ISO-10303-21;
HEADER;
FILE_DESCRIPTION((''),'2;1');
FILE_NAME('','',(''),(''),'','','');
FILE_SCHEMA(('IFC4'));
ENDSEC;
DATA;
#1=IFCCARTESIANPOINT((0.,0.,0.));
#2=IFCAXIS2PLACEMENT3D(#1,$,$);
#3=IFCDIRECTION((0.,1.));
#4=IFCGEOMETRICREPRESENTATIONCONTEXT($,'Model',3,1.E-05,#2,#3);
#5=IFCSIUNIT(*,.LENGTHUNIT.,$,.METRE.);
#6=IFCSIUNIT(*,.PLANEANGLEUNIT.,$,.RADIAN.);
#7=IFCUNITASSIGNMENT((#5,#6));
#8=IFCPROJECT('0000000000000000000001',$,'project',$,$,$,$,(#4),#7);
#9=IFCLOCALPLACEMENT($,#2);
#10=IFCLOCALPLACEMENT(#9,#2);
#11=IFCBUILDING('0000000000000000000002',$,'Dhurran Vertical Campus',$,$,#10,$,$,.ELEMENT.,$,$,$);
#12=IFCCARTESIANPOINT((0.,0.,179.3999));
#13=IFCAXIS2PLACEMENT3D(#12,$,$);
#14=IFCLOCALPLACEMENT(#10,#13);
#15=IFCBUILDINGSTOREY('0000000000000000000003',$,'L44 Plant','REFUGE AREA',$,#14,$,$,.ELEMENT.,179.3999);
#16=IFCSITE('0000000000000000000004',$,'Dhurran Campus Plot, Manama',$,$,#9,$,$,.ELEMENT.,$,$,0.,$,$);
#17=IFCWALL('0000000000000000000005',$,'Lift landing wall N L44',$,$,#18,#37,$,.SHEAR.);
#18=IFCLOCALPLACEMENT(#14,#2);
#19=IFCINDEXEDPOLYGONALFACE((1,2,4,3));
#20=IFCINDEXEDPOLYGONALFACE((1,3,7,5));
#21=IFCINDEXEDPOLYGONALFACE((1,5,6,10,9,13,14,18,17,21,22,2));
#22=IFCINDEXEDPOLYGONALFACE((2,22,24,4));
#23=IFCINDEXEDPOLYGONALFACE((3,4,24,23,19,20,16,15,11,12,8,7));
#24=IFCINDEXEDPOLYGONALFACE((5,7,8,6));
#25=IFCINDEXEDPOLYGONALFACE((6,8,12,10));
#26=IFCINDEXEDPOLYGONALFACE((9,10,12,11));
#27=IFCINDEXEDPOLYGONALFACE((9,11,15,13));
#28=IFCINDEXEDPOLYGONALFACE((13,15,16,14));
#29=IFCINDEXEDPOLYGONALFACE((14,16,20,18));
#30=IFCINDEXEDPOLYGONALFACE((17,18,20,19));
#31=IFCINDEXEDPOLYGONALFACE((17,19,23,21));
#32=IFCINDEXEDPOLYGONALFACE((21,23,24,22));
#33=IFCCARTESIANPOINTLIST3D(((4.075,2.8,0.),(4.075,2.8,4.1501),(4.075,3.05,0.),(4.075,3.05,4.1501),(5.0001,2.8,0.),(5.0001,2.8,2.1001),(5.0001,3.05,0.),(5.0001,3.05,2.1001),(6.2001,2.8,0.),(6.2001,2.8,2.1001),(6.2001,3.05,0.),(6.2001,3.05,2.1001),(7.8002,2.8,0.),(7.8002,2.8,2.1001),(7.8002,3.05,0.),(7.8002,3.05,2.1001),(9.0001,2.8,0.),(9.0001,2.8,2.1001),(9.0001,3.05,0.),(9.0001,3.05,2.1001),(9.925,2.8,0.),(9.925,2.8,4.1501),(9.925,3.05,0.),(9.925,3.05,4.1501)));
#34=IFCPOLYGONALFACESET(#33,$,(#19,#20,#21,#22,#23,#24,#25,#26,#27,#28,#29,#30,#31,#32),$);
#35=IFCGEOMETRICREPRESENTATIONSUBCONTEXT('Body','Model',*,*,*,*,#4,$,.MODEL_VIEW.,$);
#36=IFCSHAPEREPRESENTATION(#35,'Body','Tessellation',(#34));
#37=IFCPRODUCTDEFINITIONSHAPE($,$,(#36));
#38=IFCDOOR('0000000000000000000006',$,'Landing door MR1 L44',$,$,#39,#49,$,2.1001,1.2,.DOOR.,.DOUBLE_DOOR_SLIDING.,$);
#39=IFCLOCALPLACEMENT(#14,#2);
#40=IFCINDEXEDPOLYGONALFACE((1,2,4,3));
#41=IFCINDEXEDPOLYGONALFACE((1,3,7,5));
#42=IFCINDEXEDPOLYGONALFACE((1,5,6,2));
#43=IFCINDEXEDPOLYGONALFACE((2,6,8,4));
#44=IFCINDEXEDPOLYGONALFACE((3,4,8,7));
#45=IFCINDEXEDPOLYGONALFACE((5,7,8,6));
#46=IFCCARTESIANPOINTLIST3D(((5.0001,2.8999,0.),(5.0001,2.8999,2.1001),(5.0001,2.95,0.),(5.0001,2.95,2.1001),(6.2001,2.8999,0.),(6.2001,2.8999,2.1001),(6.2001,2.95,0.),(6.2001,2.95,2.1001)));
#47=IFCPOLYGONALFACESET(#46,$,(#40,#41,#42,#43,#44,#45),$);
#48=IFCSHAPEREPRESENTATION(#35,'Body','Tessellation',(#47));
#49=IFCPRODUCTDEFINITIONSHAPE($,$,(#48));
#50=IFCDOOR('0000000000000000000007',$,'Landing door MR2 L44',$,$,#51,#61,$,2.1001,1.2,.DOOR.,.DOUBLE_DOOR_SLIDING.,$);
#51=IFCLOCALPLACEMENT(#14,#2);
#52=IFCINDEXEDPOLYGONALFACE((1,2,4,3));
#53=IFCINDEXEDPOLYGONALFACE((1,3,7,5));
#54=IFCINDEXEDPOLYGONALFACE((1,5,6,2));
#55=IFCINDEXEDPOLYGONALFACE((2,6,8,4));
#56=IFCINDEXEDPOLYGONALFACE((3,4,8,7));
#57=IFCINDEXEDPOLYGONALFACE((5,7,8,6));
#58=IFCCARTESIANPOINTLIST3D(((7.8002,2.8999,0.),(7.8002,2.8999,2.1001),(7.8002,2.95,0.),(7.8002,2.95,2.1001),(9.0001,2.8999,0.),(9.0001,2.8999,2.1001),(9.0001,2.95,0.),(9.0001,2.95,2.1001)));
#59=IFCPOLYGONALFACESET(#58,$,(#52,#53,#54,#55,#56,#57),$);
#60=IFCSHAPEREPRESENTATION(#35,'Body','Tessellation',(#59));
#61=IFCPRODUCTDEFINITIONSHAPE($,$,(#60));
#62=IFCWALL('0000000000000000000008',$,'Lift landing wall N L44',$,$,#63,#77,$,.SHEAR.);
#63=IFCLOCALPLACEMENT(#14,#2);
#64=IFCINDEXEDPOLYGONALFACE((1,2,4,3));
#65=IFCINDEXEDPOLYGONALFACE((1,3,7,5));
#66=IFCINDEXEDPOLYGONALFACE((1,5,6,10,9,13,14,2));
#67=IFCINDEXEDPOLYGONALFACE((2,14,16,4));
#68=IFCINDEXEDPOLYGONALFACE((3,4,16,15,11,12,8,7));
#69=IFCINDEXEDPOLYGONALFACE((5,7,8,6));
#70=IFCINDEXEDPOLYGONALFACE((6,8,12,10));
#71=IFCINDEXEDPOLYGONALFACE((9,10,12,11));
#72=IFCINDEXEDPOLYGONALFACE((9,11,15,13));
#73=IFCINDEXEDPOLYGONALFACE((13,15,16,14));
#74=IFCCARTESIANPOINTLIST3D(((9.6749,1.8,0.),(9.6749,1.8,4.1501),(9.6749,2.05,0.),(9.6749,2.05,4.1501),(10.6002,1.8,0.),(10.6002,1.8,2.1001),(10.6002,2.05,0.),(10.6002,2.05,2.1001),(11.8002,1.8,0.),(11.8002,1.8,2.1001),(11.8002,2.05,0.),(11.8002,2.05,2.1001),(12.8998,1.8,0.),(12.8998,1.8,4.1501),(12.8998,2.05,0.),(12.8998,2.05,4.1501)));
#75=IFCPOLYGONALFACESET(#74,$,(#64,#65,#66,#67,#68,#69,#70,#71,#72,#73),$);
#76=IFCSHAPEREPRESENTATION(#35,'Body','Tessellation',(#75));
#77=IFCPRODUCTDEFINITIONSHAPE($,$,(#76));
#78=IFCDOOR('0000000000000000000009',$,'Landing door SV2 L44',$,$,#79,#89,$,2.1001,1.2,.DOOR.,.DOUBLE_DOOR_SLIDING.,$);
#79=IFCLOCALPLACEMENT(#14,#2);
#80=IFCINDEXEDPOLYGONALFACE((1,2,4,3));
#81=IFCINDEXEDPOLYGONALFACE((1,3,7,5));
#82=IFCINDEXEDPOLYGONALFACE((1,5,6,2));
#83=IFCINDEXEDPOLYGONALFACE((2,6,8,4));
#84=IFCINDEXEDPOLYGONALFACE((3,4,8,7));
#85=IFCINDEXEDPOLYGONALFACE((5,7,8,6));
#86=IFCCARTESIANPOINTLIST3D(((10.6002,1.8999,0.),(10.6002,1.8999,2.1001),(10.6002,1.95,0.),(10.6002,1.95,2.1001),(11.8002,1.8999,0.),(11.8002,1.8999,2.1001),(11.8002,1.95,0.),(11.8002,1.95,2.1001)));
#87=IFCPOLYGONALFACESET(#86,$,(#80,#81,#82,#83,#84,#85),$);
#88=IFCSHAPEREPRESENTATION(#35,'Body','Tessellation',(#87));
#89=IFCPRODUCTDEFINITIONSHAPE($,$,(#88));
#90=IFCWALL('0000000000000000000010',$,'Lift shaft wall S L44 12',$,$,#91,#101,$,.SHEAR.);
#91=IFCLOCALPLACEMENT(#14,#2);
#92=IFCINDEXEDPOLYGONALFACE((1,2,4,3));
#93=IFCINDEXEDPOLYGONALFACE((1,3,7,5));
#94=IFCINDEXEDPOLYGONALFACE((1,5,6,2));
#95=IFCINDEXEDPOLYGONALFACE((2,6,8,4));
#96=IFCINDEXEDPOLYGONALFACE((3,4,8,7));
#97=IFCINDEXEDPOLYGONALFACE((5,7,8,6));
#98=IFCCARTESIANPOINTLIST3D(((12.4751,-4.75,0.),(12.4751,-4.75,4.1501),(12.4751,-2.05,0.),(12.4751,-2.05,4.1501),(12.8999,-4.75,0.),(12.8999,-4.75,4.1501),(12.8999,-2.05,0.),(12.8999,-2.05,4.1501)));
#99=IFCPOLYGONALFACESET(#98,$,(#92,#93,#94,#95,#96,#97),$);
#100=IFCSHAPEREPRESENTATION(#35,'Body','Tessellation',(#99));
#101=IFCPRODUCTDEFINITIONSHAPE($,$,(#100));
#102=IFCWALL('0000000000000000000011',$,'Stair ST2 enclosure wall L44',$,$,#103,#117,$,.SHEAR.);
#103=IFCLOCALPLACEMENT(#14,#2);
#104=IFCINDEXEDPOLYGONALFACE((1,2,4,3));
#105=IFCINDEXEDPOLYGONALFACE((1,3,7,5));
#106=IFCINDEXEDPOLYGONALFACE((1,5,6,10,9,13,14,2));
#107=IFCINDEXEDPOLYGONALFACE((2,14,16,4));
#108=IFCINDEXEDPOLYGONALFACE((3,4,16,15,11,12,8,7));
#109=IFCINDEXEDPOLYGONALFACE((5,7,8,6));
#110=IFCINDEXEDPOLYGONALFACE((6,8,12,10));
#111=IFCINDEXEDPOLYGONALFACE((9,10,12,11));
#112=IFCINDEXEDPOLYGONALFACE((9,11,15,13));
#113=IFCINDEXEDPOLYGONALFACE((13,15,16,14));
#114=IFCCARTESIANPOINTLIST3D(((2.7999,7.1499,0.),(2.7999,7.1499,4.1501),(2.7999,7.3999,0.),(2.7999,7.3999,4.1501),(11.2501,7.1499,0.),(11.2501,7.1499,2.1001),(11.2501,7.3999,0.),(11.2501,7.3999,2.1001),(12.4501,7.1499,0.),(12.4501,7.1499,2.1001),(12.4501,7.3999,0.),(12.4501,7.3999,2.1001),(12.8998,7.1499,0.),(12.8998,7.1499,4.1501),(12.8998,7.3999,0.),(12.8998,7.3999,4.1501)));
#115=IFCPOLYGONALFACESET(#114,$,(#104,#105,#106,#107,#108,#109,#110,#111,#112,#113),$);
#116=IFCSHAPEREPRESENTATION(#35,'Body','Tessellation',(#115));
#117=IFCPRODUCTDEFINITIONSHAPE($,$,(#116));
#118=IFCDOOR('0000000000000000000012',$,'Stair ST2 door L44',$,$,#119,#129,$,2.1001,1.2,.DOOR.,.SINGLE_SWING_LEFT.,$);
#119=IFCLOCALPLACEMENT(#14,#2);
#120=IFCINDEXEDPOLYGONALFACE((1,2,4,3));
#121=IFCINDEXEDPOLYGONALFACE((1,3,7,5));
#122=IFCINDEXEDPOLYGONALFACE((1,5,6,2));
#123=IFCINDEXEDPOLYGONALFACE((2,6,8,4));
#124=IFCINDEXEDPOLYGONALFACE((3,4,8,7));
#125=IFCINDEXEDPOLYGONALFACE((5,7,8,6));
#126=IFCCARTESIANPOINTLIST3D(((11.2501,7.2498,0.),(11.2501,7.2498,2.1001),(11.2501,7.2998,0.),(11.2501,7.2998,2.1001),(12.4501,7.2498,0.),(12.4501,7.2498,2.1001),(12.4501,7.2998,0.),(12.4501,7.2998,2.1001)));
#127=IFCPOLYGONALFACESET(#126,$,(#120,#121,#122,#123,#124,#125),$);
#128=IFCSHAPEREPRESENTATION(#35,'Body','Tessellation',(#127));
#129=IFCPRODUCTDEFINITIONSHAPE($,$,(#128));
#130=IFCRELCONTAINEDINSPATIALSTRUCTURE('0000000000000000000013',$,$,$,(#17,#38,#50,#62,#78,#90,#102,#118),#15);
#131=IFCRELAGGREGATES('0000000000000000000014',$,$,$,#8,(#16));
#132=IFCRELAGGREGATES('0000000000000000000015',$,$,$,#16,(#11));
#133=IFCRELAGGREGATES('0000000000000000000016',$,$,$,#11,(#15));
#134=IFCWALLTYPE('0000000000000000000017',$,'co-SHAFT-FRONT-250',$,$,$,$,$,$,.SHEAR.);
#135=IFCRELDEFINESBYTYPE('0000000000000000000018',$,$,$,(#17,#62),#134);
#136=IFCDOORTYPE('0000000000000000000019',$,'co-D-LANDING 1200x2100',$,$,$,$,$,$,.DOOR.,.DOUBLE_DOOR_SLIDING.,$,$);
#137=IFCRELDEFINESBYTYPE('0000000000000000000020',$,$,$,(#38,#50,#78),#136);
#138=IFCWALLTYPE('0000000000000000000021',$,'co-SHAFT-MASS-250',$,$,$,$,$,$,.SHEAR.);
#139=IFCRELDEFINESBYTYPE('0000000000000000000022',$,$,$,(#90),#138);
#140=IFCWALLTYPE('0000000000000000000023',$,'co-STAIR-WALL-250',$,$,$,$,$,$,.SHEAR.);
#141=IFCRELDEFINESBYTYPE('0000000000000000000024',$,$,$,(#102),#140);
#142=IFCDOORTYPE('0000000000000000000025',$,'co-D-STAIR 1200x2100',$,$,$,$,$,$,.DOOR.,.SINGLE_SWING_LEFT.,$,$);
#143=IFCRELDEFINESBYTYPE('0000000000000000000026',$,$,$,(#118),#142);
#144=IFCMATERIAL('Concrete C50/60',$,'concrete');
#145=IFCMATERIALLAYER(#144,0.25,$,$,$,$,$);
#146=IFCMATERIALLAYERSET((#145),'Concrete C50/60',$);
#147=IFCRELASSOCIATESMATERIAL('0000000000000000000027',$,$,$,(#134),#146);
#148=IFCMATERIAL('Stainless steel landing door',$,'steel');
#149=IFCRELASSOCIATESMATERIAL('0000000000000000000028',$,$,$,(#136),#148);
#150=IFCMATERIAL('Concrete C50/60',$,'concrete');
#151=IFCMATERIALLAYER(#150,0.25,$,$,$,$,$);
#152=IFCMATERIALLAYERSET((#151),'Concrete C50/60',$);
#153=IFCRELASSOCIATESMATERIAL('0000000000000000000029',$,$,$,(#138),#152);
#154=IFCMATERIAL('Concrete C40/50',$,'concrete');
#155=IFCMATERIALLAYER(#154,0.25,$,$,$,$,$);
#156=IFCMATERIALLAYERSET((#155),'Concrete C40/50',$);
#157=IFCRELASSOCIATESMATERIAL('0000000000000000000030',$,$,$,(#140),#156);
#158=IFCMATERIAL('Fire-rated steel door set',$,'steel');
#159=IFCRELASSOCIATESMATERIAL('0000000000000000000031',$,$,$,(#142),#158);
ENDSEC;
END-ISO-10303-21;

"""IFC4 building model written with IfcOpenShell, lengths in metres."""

from ifc_helpers import new_model, si_unit, direction, frame, frame_2d, origin, place, context, subcontext, project, spatial, polyline, rectangle, outline, extrude, material, layer, layer_set, type_object, element, fill, save


model = new_model("IFC4")

# Units and contexts
model_context = context("Model", 3, precision=1e-05, world=origin(), true_north=direction((0.0, 1.0)))
body_context = subcontext(model_context, "Body", "Model", "MODEL_VIEW")
ifc_project = project(units=[si_unit("LENGTHUNIT", "METRE"), si_unit("PLANEANGLEUNIT", "RADIAN")], contexts=[model_context])

# Site, building, storey
site_placement = place(None, origin())
site = spatial("IfcSite", under=ifc_project, at=site_placement, Name="Dhurran Campus Plot, Manama", CompositionType="ELEMENT", RefElevation=0.0)
building_placement = place(site_placement, origin())
building = spatial("IfcBuilding", under=site, at=building_placement, Name="Dhurran Vertical Campus", CompositionType="ELEMENT")
storey_placement = place(building_placement, frame((0.0, 0.0, 179.3999)))
storey = spatial("IfcBuildingStorey", under=building, at=storey_placement, Name="L44 Plant", Description="REFUGE AREA", CompositionType="ELEMENT", Elevation=179.3999)

# Wall, openings, doors
ifc_material_1 = material(Name="Concrete C50/60", Category="concrete")
ifc_layer_1 = layer(ifc_material_1, 0.25)
ifc_layer_set_1 = layer_set([ifc_layer_1], Name="Concrete C50/60")
wall_type_1 = type_object("IfcWallType", Name="co-SHAFT-FRONT-250", PredefinedType="SHEAR", material=ifc_layer_set_1)
wall_1_placement = place(storey_placement, frame((4.075, 2.925, 0.0), z_axis=(0.0, 0.0, 1.0), x_axis=(1.0, 0.0, 0.0)))
wall_1 = element("IfcWall", 1, at=wall_1_placement, inside=storey, type_object=wall_type_1, Name="Lift landing wall N L44", PredefinedType="SHEAR", context=body_context, shape_type="SweptSolid", body=[
    extrude(rectangle(XDim=5.8501, YDim=0.25, at=frame_2d((2.925, 0.0))), origin(), (0.0, 0.0, 1.0), 4.1501),
])
opening_1_placement = place(wall_1_placement, frame((0.925, 0.0, 0.0)))
opening_1 = element("IfcOpeningElement", 2, at=opening_1_placement, cuts=wall_1, PredefinedType="OPENING", context=body_context, shape_type="SweptSolid", body=[
    extrude(rectangle(XDim=1.2, YDim=2.1001, at=frame_2d((0.6001, 1.05))), frame((0.0, 0.135, 0.0), z_axis=(0.0, -1.0, 0.0), x_axis=(1.0, 0.0, 0.0)), (0.0, 0.0, 1.0), 0.27),
])
opening_2_placement = place(wall_1_placement, frame((3.7251, 0.0, 0.0)))
opening_2 = element("IfcOpeningElement", 3, at=opening_2_placement, cuts=wall_1, PredefinedType="OPENING", context=body_context, shape_type="SweptSolid", body=[
    extrude(rectangle(XDim=1.2, YDim=2.1001, at=frame_2d((0.6001, 1.05))), frame((0.0, 0.135, 0.0), z_axis=(0.0, -1.0, 0.0), x_axis=(1.0, 0.0, 0.0)), (0.0, 0.0, 1.0), 0.27),
])
ifc_material_2 = material(Name="Stainless steel landing door", Category="steel")
door_type_1 = type_object("IfcDoorType", Name="co-D-LANDING 1200x2100", OperationType="DOUBLE_DOOR_SLIDING", PredefinedType="DOOR", material=ifc_material_2)
door_1_placement = place(opening_1_placement, origin())
door_1 = element("IfcDoor", 4, at=door_1_placement, inside=storey, type_object=door_type_1, Name="Landing door MR1 L44", OperationType="DOUBLE_DOOR_SLIDING", OverallHeight=2.1001, OverallWidth=1.2, PredefinedType="DOOR", context=body_context, shape_type="SweptSolid", body=[
    extrude(rectangle(XDim=1.2, YDim=2.1001, at=frame_2d((0.6001, 1.05))), frame((0.0, 0.0249, 0.0), z_axis=(0.0, -1.0, 0.0), x_axis=(1.0, 0.0, 0.0)), (0.0, 0.0, 1.0), 0.05),
])
fill(opening_1, door_1)
door_2_placement = place(opening_2_placement, origin())
door_2 = element("IfcDoor", 5, at=door_2_placement, inside=storey, type_object=door_type_1, Name="Landing door MR2 L44", OperationType="DOUBLE_DOOR_SLIDING", OverallHeight=2.1001, OverallWidth=1.2, PredefinedType="DOOR", context=body_context, shape_type="SweptSolid", body=[
    extrude(rectangle(XDim=1.2, YDim=2.1001, at=frame_2d((0.6001, 1.05))), frame((0.0, 0.0249, 0.0), z_axis=(0.0, -1.0, 0.0), x_axis=(1.0, 0.0, 0.0)), (0.0, 0.0, 1.0), 0.05),
])
fill(opening_2, door_2)

# Wall, opening, door
wall_2_placement = place(storey_placement, frame((9.675, 1.925, 0.0), z_axis=(0.0, 0.0, 1.0), x_axis=(1.0, 0.0, 0.0)))
wall_2 = element("IfcWall", 6, at=wall_2_placement, inside=storey, type_object=wall_type_1, Name="Lift landing wall N L44", PredefinedType="SHEAR", context=body_context, shape_type="SweptSolid", body=[
    extrude(rectangle(XDim=3.2249, YDim=0.25, at=frame_2d((1.6123, 0.0))), origin(), (0.0, 0.0, 1.0), 4.1501),
])
opening_3_placement = place(wall_2_placement, frame((0.925, 0.0, 0.0)))
opening_3 = element("IfcOpeningElement", 7, at=opening_3_placement, cuts=wall_2, PredefinedType="OPENING", context=body_context, shape_type="SweptSolid", body=[
    extrude(rectangle(XDim=1.2, YDim=2.1001, at=frame_2d((0.6001, 1.05))), frame((0.0, 0.135, 0.0), z_axis=(0.0, -1.0, 0.0), x_axis=(1.0, 0.0, 0.0)), (0.0, 0.0, 1.0), 0.27),
])
door_3_placement = place(opening_3_placement, origin())
door_3 = element("IfcDoor", 8, at=door_3_placement, inside=storey, type_object=door_type_1, Name="Landing door SV2 L44", OperationType="DOUBLE_DOOR_SLIDING", OverallHeight=2.1001, OverallWidth=1.2, PredefinedType="DOOR", context=body_context, shape_type="SweptSolid", body=[
    extrude(rectangle(XDim=1.2, YDim=2.1001, at=frame_2d((0.6001, 1.05))), frame((0.0, 0.0249, 0.0), z_axis=(0.0, -1.0, 0.0), x_axis=(1.0, 0.0, 0.0)), (0.0, 0.0, 1.0), 0.05),
])
fill(opening_3, door_3)

# Wall
ifc_material_3 = material(Name="Concrete C50/60", Category="concrete")
ifc_layer_2 = layer(ifc_material_3, 0.25)
ifc_layer_set_2 = layer_set([ifc_layer_2], Name="Concrete C50/60")
wall_type_2 = type_object("IfcWallType", Name="co-SHAFT-MASS-250", PredefinedType="SHEAR", material=ifc_layer_set_2)
wall_3_placement = place(storey_placement, origin())
element("IfcWall", 9, at=wall_3_placement, inside=storey, type_object=wall_type_2, Name="Lift shaft wall S L44 12", PredefinedType="SHEAR", context=body_context, shape_type="SweptSolid", body=[
    extrude(outline(polyline([(12.4751, -4.75), (12.8999, -4.75), (12.8999, -2.05), (12.4751, -2.05), (12.4751, -4.75)])), origin(), (0.0, 0.0, 1.0), 4.1501),
])

# Wall, opening, door
ifc_material_4 = material(Name="Concrete C40/50", Category="concrete")
ifc_layer_3 = layer(ifc_material_4, 0.25)
ifc_layer_set_3 = layer_set([ifc_layer_3], Name="Concrete C40/50")
wall_type_3 = type_object("IfcWallType", Name="co-STAIR-WALL-250", PredefinedType="SHEAR", material=ifc_layer_set_3)
wall_4_placement = place(storey_placement, frame((2.8, 7.2749, 0.0), z_axis=(0.0, 0.0, 1.0), x_axis=(1.0, 0.0, 0.0)))
wall_4 = element("IfcWall", 10, at=wall_4_placement, inside=storey, type_object=wall_type_3, Name="Stair ST2 enclosure wall L44", PredefinedType="SHEAR", context=body_context, shape_type="SweptSolid", body=[
    extrude(rectangle(XDim=10.0999, YDim=0.25, at=frame_2d((5.0498, 0.0))), origin(), (0.0, 0.0, 1.0), 4.1501),
])
opening_4_placement = place(wall_4_placement, frame((8.45, 0.0, 0.0)))
opening_4 = element("IfcOpeningElement", 11, at=opening_4_placement, cuts=wall_4, PredefinedType="OPENING", context=body_context, shape_type="SweptSolid", body=[
    extrude(rectangle(XDim=1.2, YDim=2.1001, at=frame_2d((0.6001, 1.05))), frame((0.0, 0.135, 0.0), z_axis=(0.0, -1.0, 0.0), x_axis=(1.0, 0.0, 0.0)), (0.0, 0.0, 1.0), 0.27),
])
ifc_material_5 = material(Name="Fire-rated steel door set", Category="steel")
door_type_2 = type_object("IfcDoorType", Name="co-D-STAIR 1200x2100", OperationType="SINGLE_SWING_LEFT", PredefinedType="DOOR", material=ifc_material_5)
door_4_placement = place(opening_4_placement, origin())
door_4 = element("IfcDoor", 12, at=door_4_placement, inside=storey, type_object=door_type_2, Name="Stair ST2 door L44", OperationType="SINGLE_SWING_LEFT", OverallHeight=2.1001, OverallWidth=1.2, PredefinedType="DOOR", context=body_context, shape_type="SweptSolid", body=[
    extrude(rectangle(XDim=1.2, YDim=2.1001, at=frame_2d((0.6001, 1.05))), frame((0.0, 0.0249, 0.0), z_axis=(0.0, -1.0, 0.0), x_axis=(1.0, 0.0, 0.0)), (0.0, 0.0, 1.0), 0.05),
])
fill(opening_4, door_4)

save(model, "model.ifc")
